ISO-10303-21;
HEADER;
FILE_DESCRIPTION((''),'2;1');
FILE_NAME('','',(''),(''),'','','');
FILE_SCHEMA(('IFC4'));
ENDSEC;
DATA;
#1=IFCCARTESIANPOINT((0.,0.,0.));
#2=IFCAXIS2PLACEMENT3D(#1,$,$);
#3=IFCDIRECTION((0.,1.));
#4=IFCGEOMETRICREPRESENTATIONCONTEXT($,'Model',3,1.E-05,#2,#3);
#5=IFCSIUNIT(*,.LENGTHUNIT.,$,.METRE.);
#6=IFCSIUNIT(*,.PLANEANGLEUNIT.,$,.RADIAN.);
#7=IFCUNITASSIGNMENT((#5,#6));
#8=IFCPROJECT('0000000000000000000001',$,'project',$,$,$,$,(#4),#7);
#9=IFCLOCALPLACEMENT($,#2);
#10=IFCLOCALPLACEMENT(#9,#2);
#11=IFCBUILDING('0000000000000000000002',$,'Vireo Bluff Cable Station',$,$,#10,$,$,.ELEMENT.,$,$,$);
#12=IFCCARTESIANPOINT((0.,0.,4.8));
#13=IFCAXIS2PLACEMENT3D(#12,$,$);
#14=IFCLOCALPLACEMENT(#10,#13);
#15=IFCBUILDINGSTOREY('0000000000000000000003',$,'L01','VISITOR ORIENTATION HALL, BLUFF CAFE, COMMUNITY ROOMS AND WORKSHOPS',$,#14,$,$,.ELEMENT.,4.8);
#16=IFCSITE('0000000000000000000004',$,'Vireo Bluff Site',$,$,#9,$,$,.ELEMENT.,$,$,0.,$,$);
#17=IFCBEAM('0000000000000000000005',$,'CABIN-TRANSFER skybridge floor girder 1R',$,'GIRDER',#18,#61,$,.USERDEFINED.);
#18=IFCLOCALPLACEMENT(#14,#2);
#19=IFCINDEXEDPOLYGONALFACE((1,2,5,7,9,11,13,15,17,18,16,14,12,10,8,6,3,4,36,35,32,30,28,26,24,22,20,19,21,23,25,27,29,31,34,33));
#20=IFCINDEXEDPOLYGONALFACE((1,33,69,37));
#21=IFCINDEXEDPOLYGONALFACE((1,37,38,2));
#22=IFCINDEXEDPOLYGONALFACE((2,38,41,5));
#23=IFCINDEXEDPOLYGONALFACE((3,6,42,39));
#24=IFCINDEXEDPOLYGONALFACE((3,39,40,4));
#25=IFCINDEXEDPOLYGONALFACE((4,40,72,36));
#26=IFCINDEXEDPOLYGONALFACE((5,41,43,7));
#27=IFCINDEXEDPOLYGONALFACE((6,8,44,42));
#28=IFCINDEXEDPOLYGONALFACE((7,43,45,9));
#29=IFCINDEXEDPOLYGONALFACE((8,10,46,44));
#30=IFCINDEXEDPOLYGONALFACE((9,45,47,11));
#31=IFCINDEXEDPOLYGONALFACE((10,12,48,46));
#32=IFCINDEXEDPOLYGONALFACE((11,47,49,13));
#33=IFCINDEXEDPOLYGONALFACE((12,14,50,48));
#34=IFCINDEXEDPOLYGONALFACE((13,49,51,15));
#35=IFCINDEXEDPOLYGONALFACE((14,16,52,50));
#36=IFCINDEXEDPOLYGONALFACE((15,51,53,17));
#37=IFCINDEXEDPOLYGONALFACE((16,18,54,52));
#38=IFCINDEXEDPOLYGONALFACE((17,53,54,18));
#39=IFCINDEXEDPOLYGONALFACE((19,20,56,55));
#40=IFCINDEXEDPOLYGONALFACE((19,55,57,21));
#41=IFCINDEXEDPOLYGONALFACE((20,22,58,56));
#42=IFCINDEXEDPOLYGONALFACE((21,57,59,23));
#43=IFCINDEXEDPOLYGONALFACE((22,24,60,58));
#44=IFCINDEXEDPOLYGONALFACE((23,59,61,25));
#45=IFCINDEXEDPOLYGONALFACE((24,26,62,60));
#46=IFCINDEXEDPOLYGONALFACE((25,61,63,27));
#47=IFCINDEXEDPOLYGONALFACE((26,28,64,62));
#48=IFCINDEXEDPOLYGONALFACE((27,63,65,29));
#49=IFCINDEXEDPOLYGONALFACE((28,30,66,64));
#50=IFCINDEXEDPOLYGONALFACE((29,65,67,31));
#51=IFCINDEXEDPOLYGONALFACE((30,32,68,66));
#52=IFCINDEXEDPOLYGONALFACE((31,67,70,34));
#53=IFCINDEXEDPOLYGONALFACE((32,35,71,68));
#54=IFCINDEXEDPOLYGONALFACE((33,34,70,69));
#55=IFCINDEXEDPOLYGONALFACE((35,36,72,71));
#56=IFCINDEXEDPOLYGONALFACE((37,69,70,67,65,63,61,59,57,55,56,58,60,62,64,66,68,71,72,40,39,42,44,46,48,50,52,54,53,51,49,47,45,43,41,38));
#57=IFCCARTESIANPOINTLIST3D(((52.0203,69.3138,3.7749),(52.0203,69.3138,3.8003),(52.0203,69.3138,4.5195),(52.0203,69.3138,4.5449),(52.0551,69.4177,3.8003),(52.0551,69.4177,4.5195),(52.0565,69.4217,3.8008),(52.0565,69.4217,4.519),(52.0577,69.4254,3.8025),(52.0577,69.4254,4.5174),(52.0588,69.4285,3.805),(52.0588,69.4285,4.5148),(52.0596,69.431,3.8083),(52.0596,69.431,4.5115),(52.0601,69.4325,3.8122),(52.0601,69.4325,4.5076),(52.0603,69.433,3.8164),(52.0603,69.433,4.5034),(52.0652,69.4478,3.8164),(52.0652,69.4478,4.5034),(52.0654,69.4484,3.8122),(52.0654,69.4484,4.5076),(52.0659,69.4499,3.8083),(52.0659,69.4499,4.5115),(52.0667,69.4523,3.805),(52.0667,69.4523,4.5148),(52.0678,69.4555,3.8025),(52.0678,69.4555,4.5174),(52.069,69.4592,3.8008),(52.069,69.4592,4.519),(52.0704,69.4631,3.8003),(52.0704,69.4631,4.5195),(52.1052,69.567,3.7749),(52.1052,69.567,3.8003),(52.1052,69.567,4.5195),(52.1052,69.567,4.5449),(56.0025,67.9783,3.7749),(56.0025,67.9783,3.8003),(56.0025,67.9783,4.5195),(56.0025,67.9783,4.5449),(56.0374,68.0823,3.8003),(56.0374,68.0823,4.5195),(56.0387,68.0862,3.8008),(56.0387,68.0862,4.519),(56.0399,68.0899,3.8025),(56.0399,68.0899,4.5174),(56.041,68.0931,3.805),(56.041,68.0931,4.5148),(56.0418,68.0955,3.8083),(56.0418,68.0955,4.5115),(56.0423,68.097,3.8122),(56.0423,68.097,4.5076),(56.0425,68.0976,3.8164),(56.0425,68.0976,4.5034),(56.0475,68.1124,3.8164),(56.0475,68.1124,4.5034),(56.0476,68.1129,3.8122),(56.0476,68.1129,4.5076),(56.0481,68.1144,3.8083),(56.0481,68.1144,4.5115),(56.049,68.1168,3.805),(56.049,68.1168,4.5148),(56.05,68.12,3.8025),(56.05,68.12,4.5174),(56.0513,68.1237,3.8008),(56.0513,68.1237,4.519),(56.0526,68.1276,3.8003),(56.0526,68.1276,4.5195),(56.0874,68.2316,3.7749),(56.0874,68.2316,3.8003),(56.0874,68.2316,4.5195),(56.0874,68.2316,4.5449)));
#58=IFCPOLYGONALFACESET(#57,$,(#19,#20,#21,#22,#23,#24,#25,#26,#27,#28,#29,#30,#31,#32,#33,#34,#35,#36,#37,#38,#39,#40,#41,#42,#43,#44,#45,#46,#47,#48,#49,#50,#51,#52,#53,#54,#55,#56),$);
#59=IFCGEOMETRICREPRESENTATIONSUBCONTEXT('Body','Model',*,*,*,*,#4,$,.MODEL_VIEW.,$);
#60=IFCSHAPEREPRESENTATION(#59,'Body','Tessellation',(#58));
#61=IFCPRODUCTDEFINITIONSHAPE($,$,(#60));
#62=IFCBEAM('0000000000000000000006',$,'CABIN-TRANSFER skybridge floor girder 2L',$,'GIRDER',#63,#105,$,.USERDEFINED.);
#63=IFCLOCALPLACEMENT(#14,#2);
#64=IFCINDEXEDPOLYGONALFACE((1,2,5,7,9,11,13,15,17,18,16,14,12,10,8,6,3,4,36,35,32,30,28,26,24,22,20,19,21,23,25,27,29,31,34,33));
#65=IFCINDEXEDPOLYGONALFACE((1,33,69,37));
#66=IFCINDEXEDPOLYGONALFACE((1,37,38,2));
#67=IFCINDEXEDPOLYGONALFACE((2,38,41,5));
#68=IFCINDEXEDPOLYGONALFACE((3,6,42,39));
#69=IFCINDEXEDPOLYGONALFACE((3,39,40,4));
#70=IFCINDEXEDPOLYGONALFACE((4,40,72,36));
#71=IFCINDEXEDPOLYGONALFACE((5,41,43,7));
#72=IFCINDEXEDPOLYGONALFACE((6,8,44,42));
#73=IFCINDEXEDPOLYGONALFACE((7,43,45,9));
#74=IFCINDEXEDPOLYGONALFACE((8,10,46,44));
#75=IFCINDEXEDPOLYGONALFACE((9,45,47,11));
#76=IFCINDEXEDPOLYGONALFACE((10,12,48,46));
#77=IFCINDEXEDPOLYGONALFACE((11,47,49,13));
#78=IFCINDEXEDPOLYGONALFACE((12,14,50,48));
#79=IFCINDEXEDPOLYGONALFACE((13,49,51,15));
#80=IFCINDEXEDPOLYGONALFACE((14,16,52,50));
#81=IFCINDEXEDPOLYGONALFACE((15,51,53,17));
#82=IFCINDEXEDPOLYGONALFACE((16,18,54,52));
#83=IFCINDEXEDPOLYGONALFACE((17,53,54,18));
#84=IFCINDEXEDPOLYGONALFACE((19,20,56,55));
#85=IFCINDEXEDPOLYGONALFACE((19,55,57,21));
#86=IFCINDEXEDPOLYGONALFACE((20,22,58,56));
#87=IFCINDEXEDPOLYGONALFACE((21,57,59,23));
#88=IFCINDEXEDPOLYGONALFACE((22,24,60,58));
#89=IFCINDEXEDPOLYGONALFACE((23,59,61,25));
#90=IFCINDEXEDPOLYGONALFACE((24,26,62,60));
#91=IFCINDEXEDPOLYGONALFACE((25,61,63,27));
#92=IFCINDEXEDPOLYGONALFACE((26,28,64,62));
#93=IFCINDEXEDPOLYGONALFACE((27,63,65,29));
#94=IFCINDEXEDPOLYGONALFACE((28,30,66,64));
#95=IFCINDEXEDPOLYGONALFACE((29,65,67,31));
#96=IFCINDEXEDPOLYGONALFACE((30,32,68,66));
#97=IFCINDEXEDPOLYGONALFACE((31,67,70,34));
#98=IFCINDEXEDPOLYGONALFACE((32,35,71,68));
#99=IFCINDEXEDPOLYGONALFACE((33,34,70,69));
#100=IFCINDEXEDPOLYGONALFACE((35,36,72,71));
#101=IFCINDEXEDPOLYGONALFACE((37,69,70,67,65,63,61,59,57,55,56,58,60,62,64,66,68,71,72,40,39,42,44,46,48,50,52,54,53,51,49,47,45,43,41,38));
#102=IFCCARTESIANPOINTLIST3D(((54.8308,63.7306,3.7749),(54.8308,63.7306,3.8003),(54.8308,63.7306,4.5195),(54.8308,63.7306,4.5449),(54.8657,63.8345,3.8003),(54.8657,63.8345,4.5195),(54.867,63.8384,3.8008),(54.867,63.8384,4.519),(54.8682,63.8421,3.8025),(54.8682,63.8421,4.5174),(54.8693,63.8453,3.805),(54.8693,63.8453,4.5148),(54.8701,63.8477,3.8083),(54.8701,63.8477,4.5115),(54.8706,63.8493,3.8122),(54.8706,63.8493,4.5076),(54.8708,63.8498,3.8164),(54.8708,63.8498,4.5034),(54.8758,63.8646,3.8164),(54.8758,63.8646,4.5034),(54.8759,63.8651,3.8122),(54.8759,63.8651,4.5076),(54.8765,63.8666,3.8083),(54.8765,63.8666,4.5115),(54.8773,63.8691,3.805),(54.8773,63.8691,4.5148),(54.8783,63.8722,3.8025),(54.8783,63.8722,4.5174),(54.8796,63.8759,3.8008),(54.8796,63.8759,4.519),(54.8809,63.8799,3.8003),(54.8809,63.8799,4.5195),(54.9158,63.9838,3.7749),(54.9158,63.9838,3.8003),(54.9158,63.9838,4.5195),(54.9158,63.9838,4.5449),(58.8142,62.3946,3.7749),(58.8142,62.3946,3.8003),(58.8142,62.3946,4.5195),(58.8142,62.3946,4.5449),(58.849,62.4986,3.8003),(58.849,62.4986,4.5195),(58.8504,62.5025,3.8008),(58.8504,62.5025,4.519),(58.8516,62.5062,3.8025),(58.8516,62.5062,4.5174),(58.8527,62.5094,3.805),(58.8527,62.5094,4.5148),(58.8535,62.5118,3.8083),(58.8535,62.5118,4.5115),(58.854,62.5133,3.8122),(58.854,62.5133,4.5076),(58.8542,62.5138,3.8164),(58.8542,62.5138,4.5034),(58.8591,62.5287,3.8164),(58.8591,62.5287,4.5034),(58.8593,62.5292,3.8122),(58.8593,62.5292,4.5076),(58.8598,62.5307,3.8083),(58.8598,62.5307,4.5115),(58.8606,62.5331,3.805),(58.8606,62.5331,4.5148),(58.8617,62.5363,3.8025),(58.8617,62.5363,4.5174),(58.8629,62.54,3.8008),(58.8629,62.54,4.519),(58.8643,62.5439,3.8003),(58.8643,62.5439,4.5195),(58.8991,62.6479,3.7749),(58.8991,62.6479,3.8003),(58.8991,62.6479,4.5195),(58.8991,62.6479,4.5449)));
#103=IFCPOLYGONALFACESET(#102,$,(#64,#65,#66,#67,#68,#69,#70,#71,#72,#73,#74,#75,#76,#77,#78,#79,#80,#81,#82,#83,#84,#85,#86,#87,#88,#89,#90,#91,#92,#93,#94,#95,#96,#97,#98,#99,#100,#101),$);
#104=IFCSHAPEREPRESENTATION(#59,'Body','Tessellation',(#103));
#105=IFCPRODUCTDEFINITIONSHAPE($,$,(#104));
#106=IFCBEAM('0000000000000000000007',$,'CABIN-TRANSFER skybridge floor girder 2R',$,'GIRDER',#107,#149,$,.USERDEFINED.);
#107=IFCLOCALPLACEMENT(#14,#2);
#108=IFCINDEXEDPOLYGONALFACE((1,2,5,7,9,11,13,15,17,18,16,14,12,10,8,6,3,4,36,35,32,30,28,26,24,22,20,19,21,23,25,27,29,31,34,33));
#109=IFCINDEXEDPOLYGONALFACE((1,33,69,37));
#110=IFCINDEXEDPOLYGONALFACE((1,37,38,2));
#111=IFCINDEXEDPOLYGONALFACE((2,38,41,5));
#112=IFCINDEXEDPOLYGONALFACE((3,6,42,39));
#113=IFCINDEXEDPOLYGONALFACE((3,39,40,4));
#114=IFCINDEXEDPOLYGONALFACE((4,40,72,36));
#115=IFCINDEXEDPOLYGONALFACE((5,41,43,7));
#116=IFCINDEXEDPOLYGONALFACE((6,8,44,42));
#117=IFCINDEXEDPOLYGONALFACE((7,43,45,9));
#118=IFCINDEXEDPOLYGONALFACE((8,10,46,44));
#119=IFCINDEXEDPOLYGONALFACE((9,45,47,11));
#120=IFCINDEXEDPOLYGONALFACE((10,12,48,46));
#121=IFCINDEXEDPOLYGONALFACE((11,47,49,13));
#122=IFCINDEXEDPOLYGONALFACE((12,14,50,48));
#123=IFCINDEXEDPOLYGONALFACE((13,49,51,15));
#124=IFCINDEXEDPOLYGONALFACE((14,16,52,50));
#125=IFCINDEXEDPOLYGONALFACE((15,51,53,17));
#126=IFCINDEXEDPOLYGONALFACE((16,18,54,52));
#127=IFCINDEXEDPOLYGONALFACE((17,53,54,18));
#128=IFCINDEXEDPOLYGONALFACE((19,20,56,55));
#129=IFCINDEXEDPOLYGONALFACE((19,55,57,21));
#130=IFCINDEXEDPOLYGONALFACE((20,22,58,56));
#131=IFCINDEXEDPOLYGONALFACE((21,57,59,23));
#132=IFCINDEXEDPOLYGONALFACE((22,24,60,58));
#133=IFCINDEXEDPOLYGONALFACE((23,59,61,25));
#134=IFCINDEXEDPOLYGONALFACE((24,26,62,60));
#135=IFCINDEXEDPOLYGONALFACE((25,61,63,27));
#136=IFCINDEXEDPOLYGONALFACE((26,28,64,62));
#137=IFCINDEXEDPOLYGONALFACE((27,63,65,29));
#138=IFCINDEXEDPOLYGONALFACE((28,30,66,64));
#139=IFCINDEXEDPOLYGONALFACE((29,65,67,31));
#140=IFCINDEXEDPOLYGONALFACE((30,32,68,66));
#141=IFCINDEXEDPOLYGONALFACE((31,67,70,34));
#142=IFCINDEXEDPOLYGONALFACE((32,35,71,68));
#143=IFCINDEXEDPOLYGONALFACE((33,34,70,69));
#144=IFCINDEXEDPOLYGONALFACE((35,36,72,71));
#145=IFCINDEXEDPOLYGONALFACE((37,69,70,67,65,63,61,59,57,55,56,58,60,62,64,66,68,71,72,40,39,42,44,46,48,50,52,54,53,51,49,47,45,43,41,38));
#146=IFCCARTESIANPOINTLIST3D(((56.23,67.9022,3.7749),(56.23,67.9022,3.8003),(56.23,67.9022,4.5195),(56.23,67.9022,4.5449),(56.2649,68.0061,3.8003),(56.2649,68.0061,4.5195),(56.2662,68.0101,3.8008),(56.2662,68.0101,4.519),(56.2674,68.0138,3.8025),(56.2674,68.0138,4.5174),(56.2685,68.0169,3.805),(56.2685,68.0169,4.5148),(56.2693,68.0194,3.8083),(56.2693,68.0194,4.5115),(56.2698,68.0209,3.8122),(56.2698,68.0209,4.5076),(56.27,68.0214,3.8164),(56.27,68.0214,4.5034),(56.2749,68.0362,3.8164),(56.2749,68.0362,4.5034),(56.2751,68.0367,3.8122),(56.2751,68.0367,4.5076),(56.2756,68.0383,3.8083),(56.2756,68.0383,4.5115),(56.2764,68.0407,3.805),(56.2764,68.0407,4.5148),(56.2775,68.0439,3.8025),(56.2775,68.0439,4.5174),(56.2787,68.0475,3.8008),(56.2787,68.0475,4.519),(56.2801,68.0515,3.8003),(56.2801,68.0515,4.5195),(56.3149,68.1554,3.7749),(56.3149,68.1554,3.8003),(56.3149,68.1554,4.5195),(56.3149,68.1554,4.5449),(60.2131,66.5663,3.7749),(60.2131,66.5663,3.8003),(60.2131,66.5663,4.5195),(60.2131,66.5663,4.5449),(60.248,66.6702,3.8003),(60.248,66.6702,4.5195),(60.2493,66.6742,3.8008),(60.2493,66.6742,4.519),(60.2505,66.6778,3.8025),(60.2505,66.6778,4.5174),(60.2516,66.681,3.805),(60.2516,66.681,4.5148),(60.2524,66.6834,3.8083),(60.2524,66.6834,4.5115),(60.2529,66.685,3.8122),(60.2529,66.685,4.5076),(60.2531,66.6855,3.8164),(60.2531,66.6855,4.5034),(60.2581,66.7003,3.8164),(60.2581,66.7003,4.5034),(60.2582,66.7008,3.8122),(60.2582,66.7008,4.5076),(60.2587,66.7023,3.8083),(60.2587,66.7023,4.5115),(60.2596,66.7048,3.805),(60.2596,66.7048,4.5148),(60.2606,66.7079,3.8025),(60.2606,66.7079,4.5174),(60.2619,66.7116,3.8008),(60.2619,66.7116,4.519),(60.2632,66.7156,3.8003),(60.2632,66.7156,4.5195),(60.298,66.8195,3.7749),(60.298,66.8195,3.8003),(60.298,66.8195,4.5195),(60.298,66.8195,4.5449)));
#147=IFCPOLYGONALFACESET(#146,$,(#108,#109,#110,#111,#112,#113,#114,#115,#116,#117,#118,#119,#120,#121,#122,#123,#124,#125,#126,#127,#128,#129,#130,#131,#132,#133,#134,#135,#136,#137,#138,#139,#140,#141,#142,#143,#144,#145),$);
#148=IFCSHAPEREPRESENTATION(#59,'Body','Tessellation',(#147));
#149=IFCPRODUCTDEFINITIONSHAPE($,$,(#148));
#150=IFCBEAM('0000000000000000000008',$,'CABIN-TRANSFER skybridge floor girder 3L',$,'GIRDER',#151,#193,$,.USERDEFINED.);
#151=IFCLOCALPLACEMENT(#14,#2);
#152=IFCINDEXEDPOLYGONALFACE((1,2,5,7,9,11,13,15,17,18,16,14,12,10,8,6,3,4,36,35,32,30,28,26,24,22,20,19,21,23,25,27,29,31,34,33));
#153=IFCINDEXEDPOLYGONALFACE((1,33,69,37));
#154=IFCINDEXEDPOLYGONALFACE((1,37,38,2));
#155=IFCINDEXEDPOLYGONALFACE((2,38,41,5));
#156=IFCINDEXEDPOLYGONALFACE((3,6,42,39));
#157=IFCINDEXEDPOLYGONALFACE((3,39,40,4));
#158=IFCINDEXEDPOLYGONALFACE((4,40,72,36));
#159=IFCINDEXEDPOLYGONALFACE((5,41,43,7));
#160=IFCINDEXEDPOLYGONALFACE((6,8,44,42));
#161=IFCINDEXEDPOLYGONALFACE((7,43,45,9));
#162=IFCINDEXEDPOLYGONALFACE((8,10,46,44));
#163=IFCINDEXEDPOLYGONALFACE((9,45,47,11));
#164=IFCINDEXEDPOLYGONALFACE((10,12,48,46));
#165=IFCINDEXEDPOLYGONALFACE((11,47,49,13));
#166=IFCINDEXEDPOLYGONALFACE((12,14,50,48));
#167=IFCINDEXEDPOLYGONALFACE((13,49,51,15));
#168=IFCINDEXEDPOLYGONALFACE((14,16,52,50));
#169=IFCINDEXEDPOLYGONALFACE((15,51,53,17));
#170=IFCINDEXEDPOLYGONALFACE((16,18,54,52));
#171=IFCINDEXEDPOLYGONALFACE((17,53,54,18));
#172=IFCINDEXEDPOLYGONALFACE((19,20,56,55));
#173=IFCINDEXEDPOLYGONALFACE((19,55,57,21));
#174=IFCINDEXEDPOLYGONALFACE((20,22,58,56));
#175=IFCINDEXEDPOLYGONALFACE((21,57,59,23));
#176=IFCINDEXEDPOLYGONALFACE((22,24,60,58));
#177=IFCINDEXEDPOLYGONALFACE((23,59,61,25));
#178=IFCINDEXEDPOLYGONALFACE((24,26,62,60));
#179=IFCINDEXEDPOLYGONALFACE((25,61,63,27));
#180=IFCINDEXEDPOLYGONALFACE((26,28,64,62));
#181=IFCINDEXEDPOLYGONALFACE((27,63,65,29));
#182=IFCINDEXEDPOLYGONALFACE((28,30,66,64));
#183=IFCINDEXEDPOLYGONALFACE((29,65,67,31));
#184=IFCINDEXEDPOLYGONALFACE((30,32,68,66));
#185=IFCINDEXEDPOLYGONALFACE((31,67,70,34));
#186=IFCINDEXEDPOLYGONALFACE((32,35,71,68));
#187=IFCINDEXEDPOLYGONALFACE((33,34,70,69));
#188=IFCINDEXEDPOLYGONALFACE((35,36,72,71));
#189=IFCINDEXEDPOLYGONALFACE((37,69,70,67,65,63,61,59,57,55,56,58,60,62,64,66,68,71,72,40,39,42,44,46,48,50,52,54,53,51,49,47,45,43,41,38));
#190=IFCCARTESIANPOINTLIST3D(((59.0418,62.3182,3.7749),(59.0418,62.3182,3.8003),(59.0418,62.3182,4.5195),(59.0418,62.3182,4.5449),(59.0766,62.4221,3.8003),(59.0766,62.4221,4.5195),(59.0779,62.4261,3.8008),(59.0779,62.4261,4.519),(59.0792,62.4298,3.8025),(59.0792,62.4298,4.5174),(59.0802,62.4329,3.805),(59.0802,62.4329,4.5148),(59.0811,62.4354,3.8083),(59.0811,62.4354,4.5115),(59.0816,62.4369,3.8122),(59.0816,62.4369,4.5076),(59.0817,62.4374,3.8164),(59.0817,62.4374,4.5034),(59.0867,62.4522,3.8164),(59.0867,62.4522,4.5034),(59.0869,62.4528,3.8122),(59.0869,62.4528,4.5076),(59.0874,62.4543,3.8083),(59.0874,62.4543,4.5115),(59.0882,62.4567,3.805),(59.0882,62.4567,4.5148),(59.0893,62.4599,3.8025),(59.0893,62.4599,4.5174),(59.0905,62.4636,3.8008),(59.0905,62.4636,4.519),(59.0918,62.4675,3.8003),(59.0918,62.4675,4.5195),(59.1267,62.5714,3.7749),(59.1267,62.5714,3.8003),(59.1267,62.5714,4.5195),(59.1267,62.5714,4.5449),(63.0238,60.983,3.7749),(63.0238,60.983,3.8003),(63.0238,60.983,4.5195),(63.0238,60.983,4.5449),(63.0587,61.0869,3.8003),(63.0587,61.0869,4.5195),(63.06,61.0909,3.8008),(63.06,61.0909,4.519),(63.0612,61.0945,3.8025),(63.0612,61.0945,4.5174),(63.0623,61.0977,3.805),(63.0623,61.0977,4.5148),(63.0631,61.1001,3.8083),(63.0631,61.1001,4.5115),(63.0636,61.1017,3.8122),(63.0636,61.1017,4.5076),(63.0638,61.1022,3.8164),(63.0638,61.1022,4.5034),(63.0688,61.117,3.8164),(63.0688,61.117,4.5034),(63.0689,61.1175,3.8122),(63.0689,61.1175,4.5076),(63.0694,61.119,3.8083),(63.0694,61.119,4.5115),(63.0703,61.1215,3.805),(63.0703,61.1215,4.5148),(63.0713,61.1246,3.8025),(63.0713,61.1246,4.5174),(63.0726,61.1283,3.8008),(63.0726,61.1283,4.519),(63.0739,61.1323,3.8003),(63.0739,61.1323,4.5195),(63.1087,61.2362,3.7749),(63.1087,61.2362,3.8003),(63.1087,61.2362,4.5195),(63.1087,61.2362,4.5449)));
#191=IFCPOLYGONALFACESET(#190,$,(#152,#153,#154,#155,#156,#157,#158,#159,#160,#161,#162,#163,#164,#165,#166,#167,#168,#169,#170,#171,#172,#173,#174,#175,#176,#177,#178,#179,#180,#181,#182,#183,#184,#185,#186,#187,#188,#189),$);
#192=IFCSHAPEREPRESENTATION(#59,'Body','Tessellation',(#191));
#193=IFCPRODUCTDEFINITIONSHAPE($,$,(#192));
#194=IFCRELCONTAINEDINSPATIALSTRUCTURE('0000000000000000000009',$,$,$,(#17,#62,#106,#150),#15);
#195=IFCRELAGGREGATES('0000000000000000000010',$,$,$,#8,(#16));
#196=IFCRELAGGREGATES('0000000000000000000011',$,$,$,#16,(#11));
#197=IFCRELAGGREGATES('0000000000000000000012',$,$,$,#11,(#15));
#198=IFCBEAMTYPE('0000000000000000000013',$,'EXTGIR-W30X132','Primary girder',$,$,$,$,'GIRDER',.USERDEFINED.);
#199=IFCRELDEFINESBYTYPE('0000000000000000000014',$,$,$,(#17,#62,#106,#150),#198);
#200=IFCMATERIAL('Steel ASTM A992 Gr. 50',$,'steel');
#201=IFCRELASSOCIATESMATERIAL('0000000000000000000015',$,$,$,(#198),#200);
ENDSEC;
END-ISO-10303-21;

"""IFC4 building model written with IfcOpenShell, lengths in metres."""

from ifc_helpers import new_model, si_unit, direction, frame, origin, origin_2d, place, context, subcontext, project, spatial, i_section, extrude, material, material_profile, profile_set, type_object, element, save


model = new_model("IFC4")

# Units and contexts
model_context = context("Model", 3, precision=1e-05, world=origin(), true_north=direction((0.0, 1.0)))
body_context = subcontext(model_context, "Body", "Model", "MODEL_VIEW")
ifc_project = project(units=[si_unit("LENGTHUNIT", "METRE"), si_unit("PLANEANGLEUNIT", "RADIAN")], contexts=[model_context])

# Site, building, storey
site_placement = place(None, origin())
site = spatial("IfcSite", under=ifc_project, at=site_placement, Name="Vireo Bluff Site", CompositionType="ELEMENT", RefElevation=0.0)
building_placement = place(site_placement, origin())
building = spatial("IfcBuilding", under=site, at=building_placement, Name="Vireo Bluff Cable Station", CompositionType="ELEMENT")
storey_placement = place(building_placement, frame((0.0, 0.0, 4.8)))
storey = spatial("IfcBuildingStorey", under=building, at=storey_placement, Name="L01", Description="VISITOR ORIENTATION HALL, BLUFF CAFE, COMMUNITY ROOMS AND WORKSHOPS", CompositionType="ELEMENT", Elevation=4.8)

# Shared definitions
ifc_material_1 = material(Name="Steel ASTM A992 Gr. 50", Category="steel")

# Beams
ifc_material_profile_1 = material_profile(ifc_material_1, i_section(OverallWidth=0.2671, OverallDepth=0.77, WebThickness=0.0156, FlangeThickness=0.0254, FilletRadius=0.0161, at=origin_2d()), Name="W30X132")
ifc_profile_set_1 = profile_set([ifc_material_profile_1], Name="Steel ASTM A992 Gr. 50")
beam_type_1 = type_object("IfcBeamType", Name="EXTGIR-W30X132", Description="Primary girder", ElementType="GIRDER", PredefinedType="USERDEFINED", material=ifc_profile_set_1)
beam_1_placement = place(storey_placement, frame((52.0627, 69.4404, 4.1599), z_axis=(0.948106, -0.317954, 0.0), x_axis=(0.317954, 0.948106, 0.0)))
element("IfcBeam", 1, at=beam_1_placement, inside=storey, type_object=beam_type_1, Name="CABIN-TRANSFER skybridge floor girder 1R", ObjectType="GIRDER", PredefinedType="USERDEFINED", context=body_context, shape_type="SweptSolid", body=[
    extrude(i_section(OverallWidth=0.2671, OverallDepth=0.77, WebThickness=0.0156, FlangeThickness=0.0254, FilletRadius=0.0161, at=origin_2d()), origin(), (0.0, 0.0, 1.0), 4.2002),
])
beam_2_placement = place(storey_placement, frame((54.8733, 63.8572, 4.1599), z_axis=(0.948101, -0.31797, 0.0), x_axis=(0.31797, 0.948101, 0.0)))
element("IfcBeam", 2, at=beam_2_placement, inside=storey, type_object=beam_type_1, Name="CABIN-TRANSFER skybridge floor girder 2L", ObjectType="GIRDER", PredefinedType="USERDEFINED", context=body_context, shape_type="SweptSolid", body=[
    extrude(i_section(OverallWidth=0.2671, OverallDepth=0.77, WebThickness=0.0156, FlangeThickness=0.0254, FilletRadius=0.0161, at=origin_2d()), origin(), (0.0, 0.0, 1.0), 4.2014),
])
beam_3_placement = place(storey_placement, frame((56.2725, 68.0288, 4.1599), z_axis=(0.948095, -0.317988, 0.0), x_axis=(0.317988, 0.948095, 0.0)))
element("IfcBeam", 3, at=beam_3_placement, inside=storey, type_object=beam_type_1, Name="CABIN-TRANSFER skybridge floor girder 2R", ObjectType="GIRDER", PredefinedType="USERDEFINED", context=body_context, shape_type="SweptSolid", body=[
    extrude(i_section(OverallWidth=0.2671, OverallDepth=0.77, WebThickness=0.0156, FlangeThickness=0.0254, FilletRadius=0.0161, at=origin_2d()), origin(), (0.0, 0.0, 1.0), 4.2012),
])
beam_4_placement = place(storey_placement, frame((59.0842, 62.4448, 4.1599), z_axis=(0.948118, -0.317919, 0.0), x_axis=(0.317919, 0.948118, 0.0)))
element("IfcBeam", 4, at=beam_4_placement, inside=storey, type_object=beam_type_1, Name="CABIN-TRANSFER skybridge floor girder 3L", ObjectType="GIRDER", PredefinedType="USERDEFINED", context=body_context, shape_type="SweptSolid", body=[
    extrude(i_section(OverallWidth=0.2671, OverallDepth=0.77, WebThickness=0.0156, FlangeThickness=0.0254, FilletRadius=0.0161, at=origin_2d()), origin(), (0.0, 0.0, 1.0), 4.2),
])

save(model, "model.ifc")
